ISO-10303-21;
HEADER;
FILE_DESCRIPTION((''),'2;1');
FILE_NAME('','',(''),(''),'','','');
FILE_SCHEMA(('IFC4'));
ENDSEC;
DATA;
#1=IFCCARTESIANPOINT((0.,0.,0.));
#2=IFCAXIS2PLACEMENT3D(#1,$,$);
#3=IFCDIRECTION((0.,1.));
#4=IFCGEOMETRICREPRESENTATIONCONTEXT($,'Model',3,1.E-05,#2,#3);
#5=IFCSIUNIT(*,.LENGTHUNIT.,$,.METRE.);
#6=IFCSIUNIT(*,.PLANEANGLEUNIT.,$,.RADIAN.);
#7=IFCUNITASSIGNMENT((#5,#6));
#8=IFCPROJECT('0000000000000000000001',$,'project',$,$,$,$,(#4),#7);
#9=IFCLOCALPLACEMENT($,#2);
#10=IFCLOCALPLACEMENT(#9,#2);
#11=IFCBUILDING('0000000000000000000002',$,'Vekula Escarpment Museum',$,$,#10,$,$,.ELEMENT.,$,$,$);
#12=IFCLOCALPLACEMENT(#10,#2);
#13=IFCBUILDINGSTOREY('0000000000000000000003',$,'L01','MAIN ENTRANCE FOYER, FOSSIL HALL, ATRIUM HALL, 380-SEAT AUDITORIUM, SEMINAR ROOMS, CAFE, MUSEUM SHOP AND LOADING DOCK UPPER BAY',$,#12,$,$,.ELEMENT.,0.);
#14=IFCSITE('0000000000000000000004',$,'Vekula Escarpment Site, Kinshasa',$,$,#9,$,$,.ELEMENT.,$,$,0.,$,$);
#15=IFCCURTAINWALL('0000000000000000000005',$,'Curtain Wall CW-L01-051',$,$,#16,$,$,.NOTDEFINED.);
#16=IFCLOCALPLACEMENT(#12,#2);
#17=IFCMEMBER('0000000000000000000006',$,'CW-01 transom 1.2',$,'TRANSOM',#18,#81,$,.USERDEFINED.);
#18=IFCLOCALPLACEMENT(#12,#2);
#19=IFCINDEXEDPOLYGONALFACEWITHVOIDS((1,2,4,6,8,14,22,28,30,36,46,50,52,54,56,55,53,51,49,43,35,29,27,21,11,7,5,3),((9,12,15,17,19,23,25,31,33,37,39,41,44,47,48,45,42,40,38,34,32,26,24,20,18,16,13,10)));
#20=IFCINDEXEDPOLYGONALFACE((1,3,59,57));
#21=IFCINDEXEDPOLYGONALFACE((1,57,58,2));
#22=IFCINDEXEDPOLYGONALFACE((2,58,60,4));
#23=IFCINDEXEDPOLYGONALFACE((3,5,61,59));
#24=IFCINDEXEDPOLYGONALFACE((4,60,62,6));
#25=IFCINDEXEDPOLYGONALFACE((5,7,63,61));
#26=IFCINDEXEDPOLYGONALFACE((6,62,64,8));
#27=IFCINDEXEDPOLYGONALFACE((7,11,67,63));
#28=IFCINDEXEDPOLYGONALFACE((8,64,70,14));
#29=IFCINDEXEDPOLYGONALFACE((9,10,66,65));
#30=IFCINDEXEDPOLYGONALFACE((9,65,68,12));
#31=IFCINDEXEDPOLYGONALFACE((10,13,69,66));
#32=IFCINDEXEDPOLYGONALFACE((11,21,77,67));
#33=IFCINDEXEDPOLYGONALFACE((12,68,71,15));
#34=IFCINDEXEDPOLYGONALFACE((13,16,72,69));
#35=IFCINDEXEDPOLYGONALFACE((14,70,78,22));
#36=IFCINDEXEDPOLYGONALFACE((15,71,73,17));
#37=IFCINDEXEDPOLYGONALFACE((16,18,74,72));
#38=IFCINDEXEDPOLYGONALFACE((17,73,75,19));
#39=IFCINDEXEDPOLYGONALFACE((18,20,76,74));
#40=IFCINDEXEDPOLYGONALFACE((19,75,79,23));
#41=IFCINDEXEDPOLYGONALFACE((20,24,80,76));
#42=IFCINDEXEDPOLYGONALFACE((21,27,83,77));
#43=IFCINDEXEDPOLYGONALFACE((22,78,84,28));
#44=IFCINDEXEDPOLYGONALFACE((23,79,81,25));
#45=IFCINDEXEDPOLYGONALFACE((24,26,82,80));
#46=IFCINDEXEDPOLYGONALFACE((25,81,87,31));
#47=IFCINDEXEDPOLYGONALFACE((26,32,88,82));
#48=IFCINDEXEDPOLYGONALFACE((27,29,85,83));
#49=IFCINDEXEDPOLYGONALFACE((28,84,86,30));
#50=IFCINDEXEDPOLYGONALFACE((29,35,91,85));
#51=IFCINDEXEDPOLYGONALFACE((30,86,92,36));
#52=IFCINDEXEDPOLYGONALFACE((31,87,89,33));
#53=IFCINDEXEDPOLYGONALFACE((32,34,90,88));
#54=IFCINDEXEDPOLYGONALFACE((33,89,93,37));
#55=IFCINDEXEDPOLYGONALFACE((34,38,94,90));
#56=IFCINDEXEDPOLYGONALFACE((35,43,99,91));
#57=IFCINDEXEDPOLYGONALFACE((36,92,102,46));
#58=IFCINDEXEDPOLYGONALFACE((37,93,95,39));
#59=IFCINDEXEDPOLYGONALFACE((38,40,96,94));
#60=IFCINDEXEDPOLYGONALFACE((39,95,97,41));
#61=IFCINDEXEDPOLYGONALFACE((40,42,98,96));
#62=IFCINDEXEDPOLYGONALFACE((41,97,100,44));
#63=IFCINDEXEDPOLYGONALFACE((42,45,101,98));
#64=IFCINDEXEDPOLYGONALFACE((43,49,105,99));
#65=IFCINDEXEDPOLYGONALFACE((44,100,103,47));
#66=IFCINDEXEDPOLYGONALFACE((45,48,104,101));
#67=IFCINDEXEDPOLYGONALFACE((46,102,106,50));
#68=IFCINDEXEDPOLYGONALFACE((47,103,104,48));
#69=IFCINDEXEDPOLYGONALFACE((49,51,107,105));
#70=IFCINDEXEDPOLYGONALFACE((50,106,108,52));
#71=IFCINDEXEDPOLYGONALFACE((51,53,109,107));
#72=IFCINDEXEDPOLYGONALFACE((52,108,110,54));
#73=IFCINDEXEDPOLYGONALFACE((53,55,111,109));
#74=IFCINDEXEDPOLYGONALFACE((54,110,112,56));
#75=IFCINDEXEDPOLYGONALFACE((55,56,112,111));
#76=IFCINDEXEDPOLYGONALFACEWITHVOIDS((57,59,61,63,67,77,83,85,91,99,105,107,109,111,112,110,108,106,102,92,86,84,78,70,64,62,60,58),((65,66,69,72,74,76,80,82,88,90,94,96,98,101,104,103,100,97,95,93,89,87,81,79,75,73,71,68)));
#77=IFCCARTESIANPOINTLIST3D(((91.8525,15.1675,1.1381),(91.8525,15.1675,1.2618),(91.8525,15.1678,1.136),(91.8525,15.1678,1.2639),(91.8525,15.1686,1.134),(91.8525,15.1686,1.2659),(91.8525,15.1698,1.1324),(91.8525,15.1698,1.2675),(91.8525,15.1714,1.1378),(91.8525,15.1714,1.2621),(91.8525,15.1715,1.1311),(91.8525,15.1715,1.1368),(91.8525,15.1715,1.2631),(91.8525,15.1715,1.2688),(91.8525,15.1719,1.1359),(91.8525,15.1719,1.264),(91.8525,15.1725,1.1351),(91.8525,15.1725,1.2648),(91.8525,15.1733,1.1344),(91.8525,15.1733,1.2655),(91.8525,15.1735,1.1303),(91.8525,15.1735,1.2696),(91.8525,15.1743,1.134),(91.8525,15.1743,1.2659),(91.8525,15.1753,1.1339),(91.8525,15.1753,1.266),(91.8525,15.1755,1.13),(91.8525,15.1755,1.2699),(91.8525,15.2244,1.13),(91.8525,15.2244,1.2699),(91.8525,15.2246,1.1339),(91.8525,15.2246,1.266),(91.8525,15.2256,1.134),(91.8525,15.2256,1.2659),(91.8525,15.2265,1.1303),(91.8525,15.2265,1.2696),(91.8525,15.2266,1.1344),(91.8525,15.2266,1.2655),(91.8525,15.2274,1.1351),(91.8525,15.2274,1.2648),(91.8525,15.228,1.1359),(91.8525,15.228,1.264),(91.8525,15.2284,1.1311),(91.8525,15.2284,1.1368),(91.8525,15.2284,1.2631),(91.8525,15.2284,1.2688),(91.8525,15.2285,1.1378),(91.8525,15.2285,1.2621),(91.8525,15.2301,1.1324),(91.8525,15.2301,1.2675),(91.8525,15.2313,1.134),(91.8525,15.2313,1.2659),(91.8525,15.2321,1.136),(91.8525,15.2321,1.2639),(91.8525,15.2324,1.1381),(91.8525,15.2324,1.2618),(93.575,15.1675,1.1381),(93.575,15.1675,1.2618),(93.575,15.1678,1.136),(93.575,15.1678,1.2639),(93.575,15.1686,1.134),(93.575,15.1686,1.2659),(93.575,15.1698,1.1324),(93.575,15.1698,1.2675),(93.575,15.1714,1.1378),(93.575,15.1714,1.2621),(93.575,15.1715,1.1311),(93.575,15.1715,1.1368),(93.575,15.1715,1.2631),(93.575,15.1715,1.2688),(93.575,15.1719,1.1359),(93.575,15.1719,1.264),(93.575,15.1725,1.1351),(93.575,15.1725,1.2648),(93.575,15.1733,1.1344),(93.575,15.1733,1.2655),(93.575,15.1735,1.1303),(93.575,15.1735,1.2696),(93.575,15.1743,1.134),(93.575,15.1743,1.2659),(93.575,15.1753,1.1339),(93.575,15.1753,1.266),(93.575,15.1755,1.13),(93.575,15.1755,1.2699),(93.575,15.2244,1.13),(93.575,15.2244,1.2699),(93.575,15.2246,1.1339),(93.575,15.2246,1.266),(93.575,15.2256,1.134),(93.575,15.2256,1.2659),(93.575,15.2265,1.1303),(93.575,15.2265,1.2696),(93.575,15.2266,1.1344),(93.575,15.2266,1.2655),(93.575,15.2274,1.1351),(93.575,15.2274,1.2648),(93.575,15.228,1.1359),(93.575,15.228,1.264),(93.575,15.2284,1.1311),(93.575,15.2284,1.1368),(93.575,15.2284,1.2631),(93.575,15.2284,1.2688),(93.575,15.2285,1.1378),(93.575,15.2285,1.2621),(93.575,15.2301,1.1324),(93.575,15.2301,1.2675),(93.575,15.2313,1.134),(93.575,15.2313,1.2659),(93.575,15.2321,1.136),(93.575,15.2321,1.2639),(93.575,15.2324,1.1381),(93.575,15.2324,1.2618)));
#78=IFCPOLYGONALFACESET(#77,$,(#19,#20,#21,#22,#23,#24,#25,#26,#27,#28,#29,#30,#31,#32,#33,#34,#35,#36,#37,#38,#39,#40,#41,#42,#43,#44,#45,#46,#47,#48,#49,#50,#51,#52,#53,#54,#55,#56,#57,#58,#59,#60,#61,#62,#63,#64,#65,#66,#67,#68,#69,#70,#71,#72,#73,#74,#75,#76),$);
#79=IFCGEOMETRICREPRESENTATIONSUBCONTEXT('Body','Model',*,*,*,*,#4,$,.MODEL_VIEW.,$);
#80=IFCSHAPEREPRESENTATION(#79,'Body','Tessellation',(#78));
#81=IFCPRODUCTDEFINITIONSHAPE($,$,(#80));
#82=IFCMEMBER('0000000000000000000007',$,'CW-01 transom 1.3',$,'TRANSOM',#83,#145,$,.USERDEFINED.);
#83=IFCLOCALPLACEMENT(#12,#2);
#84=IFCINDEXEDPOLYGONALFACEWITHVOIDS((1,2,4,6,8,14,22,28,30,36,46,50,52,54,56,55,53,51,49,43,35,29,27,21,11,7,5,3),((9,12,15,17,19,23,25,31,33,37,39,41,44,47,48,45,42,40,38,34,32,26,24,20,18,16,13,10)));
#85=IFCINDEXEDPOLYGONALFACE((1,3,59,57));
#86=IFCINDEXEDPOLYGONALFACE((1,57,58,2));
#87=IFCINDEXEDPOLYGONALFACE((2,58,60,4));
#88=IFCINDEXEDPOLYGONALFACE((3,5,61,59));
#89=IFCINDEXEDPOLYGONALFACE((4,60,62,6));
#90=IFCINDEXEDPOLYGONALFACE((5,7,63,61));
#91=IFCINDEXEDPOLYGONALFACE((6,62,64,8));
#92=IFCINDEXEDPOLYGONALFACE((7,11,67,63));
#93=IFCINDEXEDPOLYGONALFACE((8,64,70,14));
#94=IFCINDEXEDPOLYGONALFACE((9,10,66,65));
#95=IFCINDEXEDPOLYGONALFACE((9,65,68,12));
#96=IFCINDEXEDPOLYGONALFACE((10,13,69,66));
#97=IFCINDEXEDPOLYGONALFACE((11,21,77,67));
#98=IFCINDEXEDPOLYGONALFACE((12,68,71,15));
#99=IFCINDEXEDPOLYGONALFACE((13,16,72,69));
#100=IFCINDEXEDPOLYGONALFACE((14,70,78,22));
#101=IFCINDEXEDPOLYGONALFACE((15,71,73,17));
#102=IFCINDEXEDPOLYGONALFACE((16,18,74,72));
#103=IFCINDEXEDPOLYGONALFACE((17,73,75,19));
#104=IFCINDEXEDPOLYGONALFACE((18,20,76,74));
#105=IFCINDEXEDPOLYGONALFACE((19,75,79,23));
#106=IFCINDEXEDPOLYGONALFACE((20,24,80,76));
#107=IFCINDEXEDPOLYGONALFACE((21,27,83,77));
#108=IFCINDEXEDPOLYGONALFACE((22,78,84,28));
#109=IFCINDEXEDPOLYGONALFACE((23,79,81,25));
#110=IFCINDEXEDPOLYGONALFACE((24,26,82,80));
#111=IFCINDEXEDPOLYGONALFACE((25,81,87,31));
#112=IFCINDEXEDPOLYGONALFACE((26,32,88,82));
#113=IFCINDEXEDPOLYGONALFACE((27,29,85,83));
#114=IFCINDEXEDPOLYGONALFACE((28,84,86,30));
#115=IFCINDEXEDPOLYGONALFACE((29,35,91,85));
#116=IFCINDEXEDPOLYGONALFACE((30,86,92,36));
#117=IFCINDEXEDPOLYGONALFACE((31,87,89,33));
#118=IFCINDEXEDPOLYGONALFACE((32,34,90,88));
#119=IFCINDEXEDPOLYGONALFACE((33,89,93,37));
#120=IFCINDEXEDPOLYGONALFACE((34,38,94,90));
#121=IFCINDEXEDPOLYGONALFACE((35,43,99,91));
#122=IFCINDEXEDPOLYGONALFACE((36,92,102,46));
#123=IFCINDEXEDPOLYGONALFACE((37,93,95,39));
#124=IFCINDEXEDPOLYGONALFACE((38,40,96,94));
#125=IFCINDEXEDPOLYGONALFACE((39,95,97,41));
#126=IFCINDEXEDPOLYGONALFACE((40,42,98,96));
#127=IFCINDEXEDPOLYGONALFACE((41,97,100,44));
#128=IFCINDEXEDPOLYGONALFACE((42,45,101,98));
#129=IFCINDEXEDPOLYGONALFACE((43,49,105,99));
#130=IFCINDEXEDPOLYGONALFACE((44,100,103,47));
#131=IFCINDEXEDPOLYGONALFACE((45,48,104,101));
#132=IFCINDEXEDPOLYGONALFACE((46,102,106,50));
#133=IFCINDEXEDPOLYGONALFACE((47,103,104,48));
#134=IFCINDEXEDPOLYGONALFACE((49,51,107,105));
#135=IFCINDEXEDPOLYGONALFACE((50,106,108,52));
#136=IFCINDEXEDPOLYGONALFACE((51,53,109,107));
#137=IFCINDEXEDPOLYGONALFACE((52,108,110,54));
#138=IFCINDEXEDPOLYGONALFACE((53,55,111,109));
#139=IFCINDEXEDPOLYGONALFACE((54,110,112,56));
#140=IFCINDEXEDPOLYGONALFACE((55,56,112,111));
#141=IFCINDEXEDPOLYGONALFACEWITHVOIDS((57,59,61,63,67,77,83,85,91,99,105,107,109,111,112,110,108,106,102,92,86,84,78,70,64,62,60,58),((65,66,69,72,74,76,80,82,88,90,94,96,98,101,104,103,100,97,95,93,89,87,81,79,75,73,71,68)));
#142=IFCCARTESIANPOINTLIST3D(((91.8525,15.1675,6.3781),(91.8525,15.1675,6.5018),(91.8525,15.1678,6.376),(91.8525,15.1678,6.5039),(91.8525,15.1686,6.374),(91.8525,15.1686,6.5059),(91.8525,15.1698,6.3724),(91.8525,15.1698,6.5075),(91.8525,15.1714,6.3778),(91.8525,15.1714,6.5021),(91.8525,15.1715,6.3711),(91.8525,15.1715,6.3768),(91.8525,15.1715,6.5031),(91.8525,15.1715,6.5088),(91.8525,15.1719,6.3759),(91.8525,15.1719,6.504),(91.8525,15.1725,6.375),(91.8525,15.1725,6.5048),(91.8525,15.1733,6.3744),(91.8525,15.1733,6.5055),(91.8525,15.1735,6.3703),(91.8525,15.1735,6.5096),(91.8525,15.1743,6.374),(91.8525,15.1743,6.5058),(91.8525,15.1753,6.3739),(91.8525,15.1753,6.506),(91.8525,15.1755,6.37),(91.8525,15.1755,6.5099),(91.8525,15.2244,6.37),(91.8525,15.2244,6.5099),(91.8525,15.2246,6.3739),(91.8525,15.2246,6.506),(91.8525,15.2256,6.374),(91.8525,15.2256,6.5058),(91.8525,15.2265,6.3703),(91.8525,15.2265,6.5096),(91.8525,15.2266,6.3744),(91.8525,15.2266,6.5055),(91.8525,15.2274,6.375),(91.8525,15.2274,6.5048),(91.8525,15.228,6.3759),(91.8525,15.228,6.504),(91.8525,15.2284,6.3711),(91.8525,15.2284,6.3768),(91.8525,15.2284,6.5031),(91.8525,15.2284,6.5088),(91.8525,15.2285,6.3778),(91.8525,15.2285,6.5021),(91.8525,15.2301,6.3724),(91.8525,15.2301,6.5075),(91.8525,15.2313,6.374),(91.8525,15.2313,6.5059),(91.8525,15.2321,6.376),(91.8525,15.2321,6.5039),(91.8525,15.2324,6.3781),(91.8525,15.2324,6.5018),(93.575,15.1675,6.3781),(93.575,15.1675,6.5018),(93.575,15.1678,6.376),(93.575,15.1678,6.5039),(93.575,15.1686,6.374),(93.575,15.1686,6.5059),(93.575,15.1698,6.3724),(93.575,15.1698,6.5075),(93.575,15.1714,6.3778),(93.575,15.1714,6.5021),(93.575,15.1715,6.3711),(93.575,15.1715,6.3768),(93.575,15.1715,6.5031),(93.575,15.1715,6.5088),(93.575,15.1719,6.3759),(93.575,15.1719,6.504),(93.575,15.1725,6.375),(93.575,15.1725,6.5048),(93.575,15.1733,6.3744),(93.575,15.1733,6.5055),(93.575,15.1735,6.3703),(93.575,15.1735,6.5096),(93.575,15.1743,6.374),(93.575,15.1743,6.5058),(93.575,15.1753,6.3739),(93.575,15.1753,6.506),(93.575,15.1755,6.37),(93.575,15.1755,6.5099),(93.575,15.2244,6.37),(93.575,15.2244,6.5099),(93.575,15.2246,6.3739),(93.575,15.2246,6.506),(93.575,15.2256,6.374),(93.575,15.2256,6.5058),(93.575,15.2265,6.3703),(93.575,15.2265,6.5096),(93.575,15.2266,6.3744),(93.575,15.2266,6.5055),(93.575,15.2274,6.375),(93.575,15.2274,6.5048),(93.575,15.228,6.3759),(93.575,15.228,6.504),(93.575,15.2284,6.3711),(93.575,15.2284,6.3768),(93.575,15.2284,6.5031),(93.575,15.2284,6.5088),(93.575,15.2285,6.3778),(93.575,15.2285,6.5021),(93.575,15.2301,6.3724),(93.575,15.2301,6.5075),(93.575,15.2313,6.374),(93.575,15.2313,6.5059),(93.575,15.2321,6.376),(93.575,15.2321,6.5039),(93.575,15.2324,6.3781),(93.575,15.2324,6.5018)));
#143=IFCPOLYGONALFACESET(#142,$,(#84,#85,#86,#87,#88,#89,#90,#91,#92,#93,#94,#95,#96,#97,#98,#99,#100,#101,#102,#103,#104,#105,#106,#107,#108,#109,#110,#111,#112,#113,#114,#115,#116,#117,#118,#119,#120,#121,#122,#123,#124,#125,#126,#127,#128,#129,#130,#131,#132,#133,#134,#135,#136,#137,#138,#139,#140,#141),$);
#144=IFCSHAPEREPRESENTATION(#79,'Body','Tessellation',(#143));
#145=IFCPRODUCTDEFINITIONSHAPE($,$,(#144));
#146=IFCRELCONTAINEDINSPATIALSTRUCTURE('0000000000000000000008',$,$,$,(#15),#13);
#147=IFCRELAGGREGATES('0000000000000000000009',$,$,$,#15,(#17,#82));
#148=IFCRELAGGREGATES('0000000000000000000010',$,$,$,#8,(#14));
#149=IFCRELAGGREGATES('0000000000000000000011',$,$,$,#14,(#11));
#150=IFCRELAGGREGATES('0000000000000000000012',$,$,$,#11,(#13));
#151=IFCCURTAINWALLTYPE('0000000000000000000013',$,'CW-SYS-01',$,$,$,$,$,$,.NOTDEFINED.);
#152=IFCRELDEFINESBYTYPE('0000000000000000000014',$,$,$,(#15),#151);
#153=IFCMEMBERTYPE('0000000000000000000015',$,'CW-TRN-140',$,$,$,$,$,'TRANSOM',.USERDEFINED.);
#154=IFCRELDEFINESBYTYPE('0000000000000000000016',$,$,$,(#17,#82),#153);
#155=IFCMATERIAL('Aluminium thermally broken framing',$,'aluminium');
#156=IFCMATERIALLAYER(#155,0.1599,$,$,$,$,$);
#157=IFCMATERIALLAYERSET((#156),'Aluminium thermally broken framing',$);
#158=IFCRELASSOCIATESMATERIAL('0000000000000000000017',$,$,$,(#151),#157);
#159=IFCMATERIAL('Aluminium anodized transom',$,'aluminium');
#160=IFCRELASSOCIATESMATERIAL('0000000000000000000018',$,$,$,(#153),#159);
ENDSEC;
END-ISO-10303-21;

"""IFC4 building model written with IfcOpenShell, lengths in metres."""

from ifc_helpers import new_model, si_unit, direction, frame, origin, origin_2d, place, context, subcontext, project, spatial, hollow_rectangle, extrude, material, layer, layer_set, material_profile, profile_set, type_object, element, aggregate, save


model = new_model("IFC4")

# Units and contexts
model_context = context("Model", 3, precision=1e-05, world=origin(), true_north=direction((0.0, 1.0)))
body_context = subcontext(model_context, "Body", "Model", "MODEL_VIEW")
ifc_project = project(units=[si_unit("LENGTHUNIT", "METRE"), si_unit("PLANEANGLEUNIT", "RADIAN")], contexts=[model_context])

# Site, building, storey
site_placement = place(None, origin())
site = spatial("IfcSite", under=ifc_project, at=site_placement, Name="Vekula Escarpment Site, Kinshasa", CompositionType="ELEMENT", RefElevation=0.0)
building_placement = place(site_placement, origin())
building = spatial("IfcBuilding", under=site, at=building_placement, Name="Vekula Escarpment Museum", CompositionType="ELEMENT")
storey_placement = place(building_placement, origin())
storey = spatial("IfcBuildingStorey", under=building, at=storey_placement, Name="L01", Description="MAIN ENTRANCE FOYER, FOSSIL HALL, ATRIUM HALL, 380-SEAT AUDITORIUM, SEMINAR ROOMS, CAFE, MUSEUM SHOP AND LOADING DOCK UPPER BAY", CompositionType="ELEMENT", Elevation=0.0)

# Curtain wall, members
ifc_material_1 = material(Name="Aluminium thermally broken framing", Category="aluminium")
ifc_layer_1 = layer(ifc_material_1, 0.1599)
ifc_layer_set_1 = layer_set([ifc_layer_1], Name="Aluminium thermally broken framing")
curtain_wall_type = type_object("IfcCurtainWallType", Name="CW-SYS-01", PredefinedType="NOTDEFINED", material=ifc_layer_set_1)
curtain_wall_placement = place(storey_placement, origin())
curtain_wall = element("IfcCurtainWall", 1, at=curtain_wall_placement, inside=storey, type_object=curtain_wall_type, Name="Curtain Wall CW-L01-051", PredefinedType="NOTDEFINED")
ifc_material_2 = material(Name="Aluminium anodized transom", Category="aluminium")
ifc_material_profile_1 = material_profile(ifc_material_2, hollow_rectangle(XDim=0.0649, YDim=0.1399, WallThickness=0.0039, InnerFilletRadius=0.0039, OuterFilletRadius=0.0081, at=origin_2d()), Name="ALU 140x65x4")
ifc_profile_set_1 = profile_set([ifc_material_profile_1], Name="Aluminium anodized transom")
member_type_1 = type_object("IfcMemberType", Name="CW-TRN-140", ElementType="TRANSOM", PredefinedType="USERDEFINED", material=ifc_profile_set_1)
member_1_placement = place(storey_placement, frame((93.575, 15.2, 1.2), z_axis=(-1.0, 0.0, 0.0), x_axis=(0.0, -1.0, 0.0)))
member_1 = element("IfcMember", 2, at=member_1_placement, type_object=member_type_1, Name="CW-01 transom 1.2", ObjectType="TRANSOM", PredefinedType="USERDEFINED", context=body_context, shape_type="SweptSolid", body=[
    extrude(hollow_rectangle(XDim=0.0649, YDim=0.1399, WallThickness=0.0039, InnerFilletRadius=0.0039, OuterFilletRadius=0.0081, at=origin_2d()), origin(), (0.0, 0.0, 1.0), 1.7224),
])
member_2_placement = place(storey_placement, frame((93.575, 15.2, 6.4399), z_axis=(-1.0, 0.0, 0.0), x_axis=(0.0, -1.0, 0.0)))
member_2 = element("IfcMember", 3, at=member_2_placement, type_object=member_type_1, Name="CW-01 transom 1.3", ObjectType="TRANSOM", PredefinedType="USERDEFINED", context=body_context, shape_type="SweptSolid", body=[
    extrude(hollow_rectangle(XDim=0.0649, YDim=0.1399, WallThickness=0.0039, InnerFilletRadius=0.0039, OuterFilletRadius=0.0081, at=origin_2d()), origin(), (0.0, 0.0, 1.0), 1.7224),
])
aggregate(curtain_wall, [member_1, member_2])

save(model, "model.ifc")
